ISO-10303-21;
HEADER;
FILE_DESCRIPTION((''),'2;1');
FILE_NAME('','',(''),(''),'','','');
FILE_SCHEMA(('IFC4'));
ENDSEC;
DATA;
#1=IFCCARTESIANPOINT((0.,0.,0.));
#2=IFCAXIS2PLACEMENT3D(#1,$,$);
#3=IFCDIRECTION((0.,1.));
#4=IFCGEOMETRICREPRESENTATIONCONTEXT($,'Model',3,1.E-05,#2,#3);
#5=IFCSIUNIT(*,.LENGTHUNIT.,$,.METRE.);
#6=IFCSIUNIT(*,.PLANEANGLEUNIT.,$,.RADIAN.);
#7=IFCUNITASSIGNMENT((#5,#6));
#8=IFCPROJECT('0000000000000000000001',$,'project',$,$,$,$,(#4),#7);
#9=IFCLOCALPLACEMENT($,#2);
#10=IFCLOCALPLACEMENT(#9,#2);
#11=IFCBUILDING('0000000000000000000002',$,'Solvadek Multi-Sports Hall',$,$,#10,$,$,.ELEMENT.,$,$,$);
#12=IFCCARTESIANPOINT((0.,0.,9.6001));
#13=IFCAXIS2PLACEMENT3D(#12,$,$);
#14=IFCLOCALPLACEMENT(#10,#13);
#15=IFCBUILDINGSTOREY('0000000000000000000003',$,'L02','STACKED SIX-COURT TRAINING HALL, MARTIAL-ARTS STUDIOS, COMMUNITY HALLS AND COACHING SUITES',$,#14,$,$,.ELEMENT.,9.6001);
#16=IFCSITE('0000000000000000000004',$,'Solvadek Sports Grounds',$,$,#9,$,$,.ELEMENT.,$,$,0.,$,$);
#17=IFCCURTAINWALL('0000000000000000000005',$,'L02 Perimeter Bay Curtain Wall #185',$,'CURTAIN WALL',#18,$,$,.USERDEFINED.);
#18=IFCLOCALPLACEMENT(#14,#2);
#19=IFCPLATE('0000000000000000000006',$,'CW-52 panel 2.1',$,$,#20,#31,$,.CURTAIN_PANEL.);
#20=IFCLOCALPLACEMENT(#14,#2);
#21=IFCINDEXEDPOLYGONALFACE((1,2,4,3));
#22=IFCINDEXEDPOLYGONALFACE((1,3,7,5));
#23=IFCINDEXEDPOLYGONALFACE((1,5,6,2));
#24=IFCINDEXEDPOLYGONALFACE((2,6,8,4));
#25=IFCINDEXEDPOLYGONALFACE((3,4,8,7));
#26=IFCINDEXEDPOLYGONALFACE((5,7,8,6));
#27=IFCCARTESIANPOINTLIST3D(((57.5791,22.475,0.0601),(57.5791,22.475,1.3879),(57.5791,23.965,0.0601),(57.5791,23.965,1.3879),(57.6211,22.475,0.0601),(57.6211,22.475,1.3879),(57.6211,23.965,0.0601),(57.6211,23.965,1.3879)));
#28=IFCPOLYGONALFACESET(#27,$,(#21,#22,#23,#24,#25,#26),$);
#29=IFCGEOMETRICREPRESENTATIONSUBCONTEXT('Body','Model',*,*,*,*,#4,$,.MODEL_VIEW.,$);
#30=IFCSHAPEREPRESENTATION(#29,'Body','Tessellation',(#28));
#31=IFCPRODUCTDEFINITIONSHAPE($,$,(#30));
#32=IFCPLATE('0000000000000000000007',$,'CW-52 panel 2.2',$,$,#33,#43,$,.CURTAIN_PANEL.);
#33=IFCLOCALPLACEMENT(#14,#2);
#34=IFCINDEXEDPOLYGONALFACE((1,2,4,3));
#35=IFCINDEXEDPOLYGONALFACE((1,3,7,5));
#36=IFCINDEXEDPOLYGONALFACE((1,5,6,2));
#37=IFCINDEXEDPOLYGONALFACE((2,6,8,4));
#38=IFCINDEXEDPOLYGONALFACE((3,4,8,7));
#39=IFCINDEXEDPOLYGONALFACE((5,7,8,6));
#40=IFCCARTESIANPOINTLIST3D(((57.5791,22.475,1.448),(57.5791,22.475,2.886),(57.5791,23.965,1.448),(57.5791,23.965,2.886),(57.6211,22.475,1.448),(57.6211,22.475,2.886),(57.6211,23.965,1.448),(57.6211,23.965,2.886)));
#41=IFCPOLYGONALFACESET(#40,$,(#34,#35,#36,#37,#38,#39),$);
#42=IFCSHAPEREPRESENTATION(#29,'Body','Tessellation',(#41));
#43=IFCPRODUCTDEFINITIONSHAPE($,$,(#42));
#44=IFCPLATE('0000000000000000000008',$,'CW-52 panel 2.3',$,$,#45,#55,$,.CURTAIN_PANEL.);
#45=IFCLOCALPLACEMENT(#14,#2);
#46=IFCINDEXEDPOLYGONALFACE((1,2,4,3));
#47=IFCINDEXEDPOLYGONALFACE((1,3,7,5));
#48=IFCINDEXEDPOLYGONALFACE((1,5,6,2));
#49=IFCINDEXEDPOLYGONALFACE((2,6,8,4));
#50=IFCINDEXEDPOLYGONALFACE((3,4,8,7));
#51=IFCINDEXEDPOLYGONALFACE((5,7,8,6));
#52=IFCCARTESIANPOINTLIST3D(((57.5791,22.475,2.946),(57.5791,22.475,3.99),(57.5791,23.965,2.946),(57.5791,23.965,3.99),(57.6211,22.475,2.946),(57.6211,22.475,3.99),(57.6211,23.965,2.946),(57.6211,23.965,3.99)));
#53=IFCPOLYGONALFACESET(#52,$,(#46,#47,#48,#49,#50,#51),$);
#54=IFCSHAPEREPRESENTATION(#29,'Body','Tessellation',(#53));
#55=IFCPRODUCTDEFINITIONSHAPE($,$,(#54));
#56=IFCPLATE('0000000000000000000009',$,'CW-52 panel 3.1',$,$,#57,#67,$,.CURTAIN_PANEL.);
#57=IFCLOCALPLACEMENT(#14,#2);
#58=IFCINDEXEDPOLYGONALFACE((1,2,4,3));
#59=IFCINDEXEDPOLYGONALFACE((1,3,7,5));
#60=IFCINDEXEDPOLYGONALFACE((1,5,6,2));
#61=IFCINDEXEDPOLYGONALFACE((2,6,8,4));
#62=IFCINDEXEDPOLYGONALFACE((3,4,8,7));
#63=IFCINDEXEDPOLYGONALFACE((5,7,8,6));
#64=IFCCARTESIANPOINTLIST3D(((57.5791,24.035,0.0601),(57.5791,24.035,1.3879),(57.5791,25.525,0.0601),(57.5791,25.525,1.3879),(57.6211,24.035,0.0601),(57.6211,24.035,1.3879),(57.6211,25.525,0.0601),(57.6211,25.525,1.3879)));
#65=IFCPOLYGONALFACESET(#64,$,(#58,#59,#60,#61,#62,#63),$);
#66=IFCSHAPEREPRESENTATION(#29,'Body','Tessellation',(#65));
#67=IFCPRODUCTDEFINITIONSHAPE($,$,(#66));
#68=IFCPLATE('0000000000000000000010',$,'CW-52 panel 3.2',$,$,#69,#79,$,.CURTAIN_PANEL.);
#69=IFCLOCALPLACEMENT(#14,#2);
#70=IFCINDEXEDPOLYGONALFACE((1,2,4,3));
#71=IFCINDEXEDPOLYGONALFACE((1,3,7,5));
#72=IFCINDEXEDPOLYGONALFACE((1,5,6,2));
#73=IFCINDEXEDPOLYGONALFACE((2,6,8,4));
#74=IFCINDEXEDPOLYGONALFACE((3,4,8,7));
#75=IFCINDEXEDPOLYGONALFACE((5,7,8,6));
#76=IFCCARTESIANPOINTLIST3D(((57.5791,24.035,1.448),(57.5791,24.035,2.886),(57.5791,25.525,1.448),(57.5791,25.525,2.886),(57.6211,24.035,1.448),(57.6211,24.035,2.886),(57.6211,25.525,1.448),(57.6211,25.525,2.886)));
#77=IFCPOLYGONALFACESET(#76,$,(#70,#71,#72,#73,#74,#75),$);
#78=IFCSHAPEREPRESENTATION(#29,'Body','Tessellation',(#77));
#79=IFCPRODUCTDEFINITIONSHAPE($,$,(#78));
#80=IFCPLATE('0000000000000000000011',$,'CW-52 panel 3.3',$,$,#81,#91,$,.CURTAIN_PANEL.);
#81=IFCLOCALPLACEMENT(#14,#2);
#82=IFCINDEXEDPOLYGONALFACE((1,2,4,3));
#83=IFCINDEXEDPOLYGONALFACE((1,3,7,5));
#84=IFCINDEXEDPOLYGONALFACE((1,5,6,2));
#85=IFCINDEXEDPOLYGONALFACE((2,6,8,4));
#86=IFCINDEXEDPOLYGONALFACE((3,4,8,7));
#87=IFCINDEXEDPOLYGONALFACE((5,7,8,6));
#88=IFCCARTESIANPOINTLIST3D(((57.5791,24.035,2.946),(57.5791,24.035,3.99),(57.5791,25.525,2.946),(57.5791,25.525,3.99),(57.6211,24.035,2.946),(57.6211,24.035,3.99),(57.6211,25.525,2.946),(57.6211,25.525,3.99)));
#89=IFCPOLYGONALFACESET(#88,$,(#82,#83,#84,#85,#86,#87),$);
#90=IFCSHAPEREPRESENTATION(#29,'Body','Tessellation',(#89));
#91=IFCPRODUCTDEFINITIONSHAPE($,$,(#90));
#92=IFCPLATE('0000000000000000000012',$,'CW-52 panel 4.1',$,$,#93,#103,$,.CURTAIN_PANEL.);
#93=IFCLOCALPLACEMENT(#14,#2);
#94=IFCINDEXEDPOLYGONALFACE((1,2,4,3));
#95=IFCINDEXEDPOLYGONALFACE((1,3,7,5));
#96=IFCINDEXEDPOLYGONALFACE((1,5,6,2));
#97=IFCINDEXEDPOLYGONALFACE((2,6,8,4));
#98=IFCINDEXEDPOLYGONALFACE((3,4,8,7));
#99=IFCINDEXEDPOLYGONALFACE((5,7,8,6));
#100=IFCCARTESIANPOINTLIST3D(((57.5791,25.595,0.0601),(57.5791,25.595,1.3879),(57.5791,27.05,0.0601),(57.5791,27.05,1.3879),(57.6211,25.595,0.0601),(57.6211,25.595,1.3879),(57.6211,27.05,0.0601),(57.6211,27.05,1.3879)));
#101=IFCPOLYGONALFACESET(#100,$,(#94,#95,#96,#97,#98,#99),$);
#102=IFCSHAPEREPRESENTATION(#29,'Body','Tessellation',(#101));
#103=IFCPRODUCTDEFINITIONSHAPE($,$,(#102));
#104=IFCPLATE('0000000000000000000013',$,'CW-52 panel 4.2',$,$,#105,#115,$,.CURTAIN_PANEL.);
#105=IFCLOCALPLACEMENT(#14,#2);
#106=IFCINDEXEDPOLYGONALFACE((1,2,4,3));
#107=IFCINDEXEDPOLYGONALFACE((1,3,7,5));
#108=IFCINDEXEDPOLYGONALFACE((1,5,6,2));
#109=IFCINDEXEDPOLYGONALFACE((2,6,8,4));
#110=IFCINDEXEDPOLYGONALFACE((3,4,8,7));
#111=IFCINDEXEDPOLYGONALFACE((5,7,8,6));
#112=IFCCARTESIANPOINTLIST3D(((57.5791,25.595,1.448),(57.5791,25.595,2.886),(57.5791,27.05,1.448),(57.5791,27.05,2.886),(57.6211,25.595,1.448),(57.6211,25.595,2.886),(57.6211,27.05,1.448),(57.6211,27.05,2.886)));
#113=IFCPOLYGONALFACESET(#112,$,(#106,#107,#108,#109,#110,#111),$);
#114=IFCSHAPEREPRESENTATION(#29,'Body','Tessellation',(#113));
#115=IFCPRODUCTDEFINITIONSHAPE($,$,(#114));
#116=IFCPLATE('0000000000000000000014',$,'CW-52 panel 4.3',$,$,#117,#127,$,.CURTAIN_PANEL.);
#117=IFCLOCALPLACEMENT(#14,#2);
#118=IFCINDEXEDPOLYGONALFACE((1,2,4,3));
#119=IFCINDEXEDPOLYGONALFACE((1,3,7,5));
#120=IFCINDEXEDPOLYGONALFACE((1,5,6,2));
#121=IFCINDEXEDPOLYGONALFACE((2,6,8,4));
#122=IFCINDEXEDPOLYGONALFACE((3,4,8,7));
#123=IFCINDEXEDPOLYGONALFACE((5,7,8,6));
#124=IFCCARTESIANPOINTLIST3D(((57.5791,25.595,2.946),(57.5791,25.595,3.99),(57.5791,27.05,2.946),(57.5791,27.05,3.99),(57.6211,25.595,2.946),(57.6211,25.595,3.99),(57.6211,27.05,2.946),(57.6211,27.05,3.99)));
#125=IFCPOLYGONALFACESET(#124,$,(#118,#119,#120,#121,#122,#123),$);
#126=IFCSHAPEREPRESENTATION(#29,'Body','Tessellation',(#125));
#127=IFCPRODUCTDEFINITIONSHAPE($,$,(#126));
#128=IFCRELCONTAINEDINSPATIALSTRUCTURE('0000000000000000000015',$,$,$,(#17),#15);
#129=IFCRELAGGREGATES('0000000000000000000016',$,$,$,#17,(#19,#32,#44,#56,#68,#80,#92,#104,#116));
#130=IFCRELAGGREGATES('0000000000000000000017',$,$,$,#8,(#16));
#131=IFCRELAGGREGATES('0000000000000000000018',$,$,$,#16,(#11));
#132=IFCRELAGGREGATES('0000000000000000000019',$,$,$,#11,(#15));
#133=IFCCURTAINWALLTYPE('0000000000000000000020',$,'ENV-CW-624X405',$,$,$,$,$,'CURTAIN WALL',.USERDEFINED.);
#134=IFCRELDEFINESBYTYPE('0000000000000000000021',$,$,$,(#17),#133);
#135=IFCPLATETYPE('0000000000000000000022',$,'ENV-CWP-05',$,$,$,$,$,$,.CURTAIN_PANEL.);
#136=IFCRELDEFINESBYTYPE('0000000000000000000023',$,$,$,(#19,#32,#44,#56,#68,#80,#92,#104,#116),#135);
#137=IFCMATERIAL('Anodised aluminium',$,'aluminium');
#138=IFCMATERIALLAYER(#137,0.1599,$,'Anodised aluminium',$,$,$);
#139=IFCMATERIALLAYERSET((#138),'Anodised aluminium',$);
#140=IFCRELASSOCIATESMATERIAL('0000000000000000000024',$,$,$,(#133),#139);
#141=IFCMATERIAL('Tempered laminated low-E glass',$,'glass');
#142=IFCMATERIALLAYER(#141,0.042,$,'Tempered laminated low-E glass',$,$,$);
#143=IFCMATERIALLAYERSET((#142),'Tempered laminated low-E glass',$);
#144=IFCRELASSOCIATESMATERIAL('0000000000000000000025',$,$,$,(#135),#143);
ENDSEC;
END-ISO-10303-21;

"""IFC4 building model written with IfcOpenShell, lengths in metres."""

from ifc_helpers import new_model, si_unit, direction, frame, origin, origin_2d, place, context, subcontext, project, spatial, rectangle, extrude, material, layer, layer_set, type_object, element, aggregate, save


model = new_model("IFC4")

# Units and contexts
model_context = context("Model", 3, precision=1e-05, world=origin(), true_north=direction((0.0, 1.0)))
body_context = subcontext(model_context, "Body", "Model", "MODEL_VIEW")
ifc_project = project(units=[si_unit("LENGTHUNIT", "METRE"), si_unit("PLANEANGLEUNIT", "RADIAN")], contexts=[model_context])

# Site, building, storey
site_placement = place(None, origin())
site = spatial("IfcSite", under=ifc_project, at=site_placement, Name="Solvadek Sports Grounds", CompositionType="ELEMENT", RefElevation=0.0)
building_placement = place(site_placement, origin())
building = spatial("IfcBuilding", under=site, at=building_placement, Name="Solvadek Multi-Sports Hall", CompositionType="ELEMENT")
storey_placement = place(building_placement, frame((0.0, 0.0, 9.6001)))
storey = spatial("IfcBuildingStorey", under=building, at=storey_placement, Name="L02", Description="STACKED SIX-COURT TRAINING HALL, MARTIAL-ARTS STUDIOS, COMMUNITY HALLS AND COACHING SUITES", CompositionType="ELEMENT", Elevation=9.6001)

# Shared definitions
ifc_material_1 = material(Name="Anodised aluminium", Category="aluminium")

# Curtain wall
ifc_layer_1 = layer(ifc_material_1, 0.1599, Name="Anodised aluminium")
ifc_layer_set_1 = layer_set([ifc_layer_1], Name="Anodised aluminium")
curtain_wall_type_1 = type_object("IfcCurtainWallType", Name="ENV-CW-624X405", ElementType="CURTAIN WALL", PredefinedType="USERDEFINED", material=ifc_layer_set_1)
curtain_wall_1_placement = place(storey_placement, origin())
curtain_wall_1 = element("IfcCurtainWall", 1, at=curtain_wall_1_placement, inside=storey, type_object=curtain_wall_type_1, Name="L02 Perimeter Bay Curtain Wall #185", ObjectType="CURTAIN WALL", PredefinedType="USERDEFINED")

# Plates
ifc_material_2 = material(Name="Tempered laminated low-E glass", Category="glass")
ifc_layer_2 = layer(ifc_material_2, 0.042, Name="Tempered laminated low-E glass")
ifc_layer_set_2 = layer_set([ifc_layer_2], Name="Tempered laminated low-E glass")
plate_type = type_object("IfcPlateType", Name="ENV-CWP-05", PredefinedType="CURTAIN_PANEL", material=ifc_layer_set_2)
plate_1_placement = place(storey_placement, frame((57.6001, 23.22, 0.0601), z_axis=(0.0, 0.0, 1.0), x_axis=(0.0, 1.0, 0.0)))
plate_1 = element("IfcPlate", 2, at=plate_1_placement, type_object=plate_type, Name="CW-52 panel 2.1", PredefinedType="CURTAIN_PANEL", context=body_context, shape_type="SweptSolid", body=[
    extrude(rectangle(XDim=1.49, YDim=0.042, at=origin_2d()), origin(), (0.0, 0.0, 1.0), 1.3279),
])
plate_2_placement = place(storey_placement, frame((57.6001, 23.22, 1.448), z_axis=(0.0, 0.0, 1.0), x_axis=(0.0, 1.0, 0.0)))
plate_2 = element("IfcPlate", 3, at=plate_2_placement, type_object=plate_type, Name="CW-52 panel 2.2", PredefinedType="CURTAIN_PANEL", context=body_context, shape_type="SweptSolid", body=[
    extrude(rectangle(XDim=1.49, YDim=0.042, at=origin_2d()), origin(), (0.0, 0.0, 1.0), 1.438),
])
plate_3_placement = place(storey_placement, frame((57.6001, 23.22, 2.946), z_axis=(0.0, 0.0, 1.0), x_axis=(0.0, 1.0, 0.0)))
plate_3 = element("IfcPlate", 4, at=plate_3_placement, type_object=plate_type, Name="CW-52 panel 2.3", PredefinedType="CURTAIN_PANEL", context=body_context, shape_type="SweptSolid", body=[
    extrude(rectangle(XDim=1.49, YDim=0.042, at=origin_2d()), origin(), (0.0, 0.0, 1.0), 1.0439),
])
plate_4_placement = place(storey_placement, frame((57.6001, 24.78, 0.0601), z_axis=(0.0, 0.0, 1.0), x_axis=(0.0, 1.0, 0.0)))
plate_4 = element("IfcPlate", 5, at=plate_4_placement, type_object=plate_type, Name="CW-52 panel 3.1", PredefinedType="CURTAIN_PANEL", context=body_context, shape_type="SweptSolid", body=[
    extrude(rectangle(XDim=1.49, YDim=0.042, at=origin_2d()), origin(), (0.0, 0.0, 1.0), 1.3279),
])
plate_5_placement = place(storey_placement, frame((57.6001, 24.78, 1.448), z_axis=(0.0, 0.0, 1.0), x_axis=(0.0, 1.0, 0.0)))
plate_5 = element("IfcPlate", 6, at=plate_5_placement, type_object=plate_type, Name="CW-52 panel 3.2", PredefinedType="CURTAIN_PANEL", context=body_context, shape_type="SweptSolid", body=[
    extrude(rectangle(XDim=1.49, YDim=0.042, at=origin_2d()), origin(), (0.0, 0.0, 1.0), 1.438),
])
plate_6_placement = place(storey_placement, frame((57.6001, 24.78, 2.946), z_axis=(0.0, 0.0, 1.0), x_axis=(0.0, 1.0, 0.0)))
plate_6 = element("IfcPlate", 7, at=plate_6_placement, type_object=plate_type, Name="CW-52 panel 3.3", PredefinedType="CURTAIN_PANEL", context=body_context, shape_type="SweptSolid", body=[
    extrude(rectangle(XDim=1.49, YDim=0.042, at=origin_2d()), origin(), (0.0, 0.0, 1.0), 1.0439),
])
plate_7_placement = place(storey_placement, frame((57.6001, 26.3225, 0.0601), z_axis=(0.0, 0.0, 1.0), x_axis=(0.0, 1.0, 0.0)))
plate_7 = element("IfcPlate", 8, at=plate_7_placement, type_object=plate_type, Name="CW-52 panel 4.1", PredefinedType="CURTAIN_PANEL", context=body_context, shape_type="SweptSolid", body=[
    extrude(rectangle(XDim=1.4551, YDim=0.042, at=origin_2d()), origin(), (0.0, 0.0, 1.0), 1.3279),
])
plate_8_placement = place(storey_placement, frame((57.6001, 26.3225, 1.448), z_axis=(0.0, 0.0, 1.0), x_axis=(0.0, 1.0, 0.0)))
plate_8 = element("IfcPlate", 9, at=plate_8_placement, type_object=plate_type, Name="CW-52 panel 4.2", PredefinedType="CURTAIN_PANEL", context=body_context, shape_type="SweptSolid", body=[
    extrude(rectangle(XDim=1.4551, YDim=0.042, at=origin_2d()), origin(), (0.0, 0.0, 1.0), 1.438),
])
plate_9_placement = place(storey_placement, frame((57.6001, 26.3225, 2.946), z_axis=(0.0, 0.0, 1.0), x_axis=(0.0, 1.0, 0.0)))
plate_9 = element("IfcPlate", 10, at=plate_9_placement, type_object=plate_type, Name="CW-52 panel 4.3", PredefinedType="CURTAIN_PANEL", context=body_context, shape_type="SweptSolid", body=[
    extrude(rectangle(XDim=1.4551, YDim=0.042, at=origin_2d()), origin(), (0.0, 0.0, 1.0), 1.0439),
])
aggregate(curtain_wall_1, [plate_1, plate_2, plate_3, plate_4, plate_5, plate_6, plate_7, plate_8, plate_9])

save(model, "model.ifc")
